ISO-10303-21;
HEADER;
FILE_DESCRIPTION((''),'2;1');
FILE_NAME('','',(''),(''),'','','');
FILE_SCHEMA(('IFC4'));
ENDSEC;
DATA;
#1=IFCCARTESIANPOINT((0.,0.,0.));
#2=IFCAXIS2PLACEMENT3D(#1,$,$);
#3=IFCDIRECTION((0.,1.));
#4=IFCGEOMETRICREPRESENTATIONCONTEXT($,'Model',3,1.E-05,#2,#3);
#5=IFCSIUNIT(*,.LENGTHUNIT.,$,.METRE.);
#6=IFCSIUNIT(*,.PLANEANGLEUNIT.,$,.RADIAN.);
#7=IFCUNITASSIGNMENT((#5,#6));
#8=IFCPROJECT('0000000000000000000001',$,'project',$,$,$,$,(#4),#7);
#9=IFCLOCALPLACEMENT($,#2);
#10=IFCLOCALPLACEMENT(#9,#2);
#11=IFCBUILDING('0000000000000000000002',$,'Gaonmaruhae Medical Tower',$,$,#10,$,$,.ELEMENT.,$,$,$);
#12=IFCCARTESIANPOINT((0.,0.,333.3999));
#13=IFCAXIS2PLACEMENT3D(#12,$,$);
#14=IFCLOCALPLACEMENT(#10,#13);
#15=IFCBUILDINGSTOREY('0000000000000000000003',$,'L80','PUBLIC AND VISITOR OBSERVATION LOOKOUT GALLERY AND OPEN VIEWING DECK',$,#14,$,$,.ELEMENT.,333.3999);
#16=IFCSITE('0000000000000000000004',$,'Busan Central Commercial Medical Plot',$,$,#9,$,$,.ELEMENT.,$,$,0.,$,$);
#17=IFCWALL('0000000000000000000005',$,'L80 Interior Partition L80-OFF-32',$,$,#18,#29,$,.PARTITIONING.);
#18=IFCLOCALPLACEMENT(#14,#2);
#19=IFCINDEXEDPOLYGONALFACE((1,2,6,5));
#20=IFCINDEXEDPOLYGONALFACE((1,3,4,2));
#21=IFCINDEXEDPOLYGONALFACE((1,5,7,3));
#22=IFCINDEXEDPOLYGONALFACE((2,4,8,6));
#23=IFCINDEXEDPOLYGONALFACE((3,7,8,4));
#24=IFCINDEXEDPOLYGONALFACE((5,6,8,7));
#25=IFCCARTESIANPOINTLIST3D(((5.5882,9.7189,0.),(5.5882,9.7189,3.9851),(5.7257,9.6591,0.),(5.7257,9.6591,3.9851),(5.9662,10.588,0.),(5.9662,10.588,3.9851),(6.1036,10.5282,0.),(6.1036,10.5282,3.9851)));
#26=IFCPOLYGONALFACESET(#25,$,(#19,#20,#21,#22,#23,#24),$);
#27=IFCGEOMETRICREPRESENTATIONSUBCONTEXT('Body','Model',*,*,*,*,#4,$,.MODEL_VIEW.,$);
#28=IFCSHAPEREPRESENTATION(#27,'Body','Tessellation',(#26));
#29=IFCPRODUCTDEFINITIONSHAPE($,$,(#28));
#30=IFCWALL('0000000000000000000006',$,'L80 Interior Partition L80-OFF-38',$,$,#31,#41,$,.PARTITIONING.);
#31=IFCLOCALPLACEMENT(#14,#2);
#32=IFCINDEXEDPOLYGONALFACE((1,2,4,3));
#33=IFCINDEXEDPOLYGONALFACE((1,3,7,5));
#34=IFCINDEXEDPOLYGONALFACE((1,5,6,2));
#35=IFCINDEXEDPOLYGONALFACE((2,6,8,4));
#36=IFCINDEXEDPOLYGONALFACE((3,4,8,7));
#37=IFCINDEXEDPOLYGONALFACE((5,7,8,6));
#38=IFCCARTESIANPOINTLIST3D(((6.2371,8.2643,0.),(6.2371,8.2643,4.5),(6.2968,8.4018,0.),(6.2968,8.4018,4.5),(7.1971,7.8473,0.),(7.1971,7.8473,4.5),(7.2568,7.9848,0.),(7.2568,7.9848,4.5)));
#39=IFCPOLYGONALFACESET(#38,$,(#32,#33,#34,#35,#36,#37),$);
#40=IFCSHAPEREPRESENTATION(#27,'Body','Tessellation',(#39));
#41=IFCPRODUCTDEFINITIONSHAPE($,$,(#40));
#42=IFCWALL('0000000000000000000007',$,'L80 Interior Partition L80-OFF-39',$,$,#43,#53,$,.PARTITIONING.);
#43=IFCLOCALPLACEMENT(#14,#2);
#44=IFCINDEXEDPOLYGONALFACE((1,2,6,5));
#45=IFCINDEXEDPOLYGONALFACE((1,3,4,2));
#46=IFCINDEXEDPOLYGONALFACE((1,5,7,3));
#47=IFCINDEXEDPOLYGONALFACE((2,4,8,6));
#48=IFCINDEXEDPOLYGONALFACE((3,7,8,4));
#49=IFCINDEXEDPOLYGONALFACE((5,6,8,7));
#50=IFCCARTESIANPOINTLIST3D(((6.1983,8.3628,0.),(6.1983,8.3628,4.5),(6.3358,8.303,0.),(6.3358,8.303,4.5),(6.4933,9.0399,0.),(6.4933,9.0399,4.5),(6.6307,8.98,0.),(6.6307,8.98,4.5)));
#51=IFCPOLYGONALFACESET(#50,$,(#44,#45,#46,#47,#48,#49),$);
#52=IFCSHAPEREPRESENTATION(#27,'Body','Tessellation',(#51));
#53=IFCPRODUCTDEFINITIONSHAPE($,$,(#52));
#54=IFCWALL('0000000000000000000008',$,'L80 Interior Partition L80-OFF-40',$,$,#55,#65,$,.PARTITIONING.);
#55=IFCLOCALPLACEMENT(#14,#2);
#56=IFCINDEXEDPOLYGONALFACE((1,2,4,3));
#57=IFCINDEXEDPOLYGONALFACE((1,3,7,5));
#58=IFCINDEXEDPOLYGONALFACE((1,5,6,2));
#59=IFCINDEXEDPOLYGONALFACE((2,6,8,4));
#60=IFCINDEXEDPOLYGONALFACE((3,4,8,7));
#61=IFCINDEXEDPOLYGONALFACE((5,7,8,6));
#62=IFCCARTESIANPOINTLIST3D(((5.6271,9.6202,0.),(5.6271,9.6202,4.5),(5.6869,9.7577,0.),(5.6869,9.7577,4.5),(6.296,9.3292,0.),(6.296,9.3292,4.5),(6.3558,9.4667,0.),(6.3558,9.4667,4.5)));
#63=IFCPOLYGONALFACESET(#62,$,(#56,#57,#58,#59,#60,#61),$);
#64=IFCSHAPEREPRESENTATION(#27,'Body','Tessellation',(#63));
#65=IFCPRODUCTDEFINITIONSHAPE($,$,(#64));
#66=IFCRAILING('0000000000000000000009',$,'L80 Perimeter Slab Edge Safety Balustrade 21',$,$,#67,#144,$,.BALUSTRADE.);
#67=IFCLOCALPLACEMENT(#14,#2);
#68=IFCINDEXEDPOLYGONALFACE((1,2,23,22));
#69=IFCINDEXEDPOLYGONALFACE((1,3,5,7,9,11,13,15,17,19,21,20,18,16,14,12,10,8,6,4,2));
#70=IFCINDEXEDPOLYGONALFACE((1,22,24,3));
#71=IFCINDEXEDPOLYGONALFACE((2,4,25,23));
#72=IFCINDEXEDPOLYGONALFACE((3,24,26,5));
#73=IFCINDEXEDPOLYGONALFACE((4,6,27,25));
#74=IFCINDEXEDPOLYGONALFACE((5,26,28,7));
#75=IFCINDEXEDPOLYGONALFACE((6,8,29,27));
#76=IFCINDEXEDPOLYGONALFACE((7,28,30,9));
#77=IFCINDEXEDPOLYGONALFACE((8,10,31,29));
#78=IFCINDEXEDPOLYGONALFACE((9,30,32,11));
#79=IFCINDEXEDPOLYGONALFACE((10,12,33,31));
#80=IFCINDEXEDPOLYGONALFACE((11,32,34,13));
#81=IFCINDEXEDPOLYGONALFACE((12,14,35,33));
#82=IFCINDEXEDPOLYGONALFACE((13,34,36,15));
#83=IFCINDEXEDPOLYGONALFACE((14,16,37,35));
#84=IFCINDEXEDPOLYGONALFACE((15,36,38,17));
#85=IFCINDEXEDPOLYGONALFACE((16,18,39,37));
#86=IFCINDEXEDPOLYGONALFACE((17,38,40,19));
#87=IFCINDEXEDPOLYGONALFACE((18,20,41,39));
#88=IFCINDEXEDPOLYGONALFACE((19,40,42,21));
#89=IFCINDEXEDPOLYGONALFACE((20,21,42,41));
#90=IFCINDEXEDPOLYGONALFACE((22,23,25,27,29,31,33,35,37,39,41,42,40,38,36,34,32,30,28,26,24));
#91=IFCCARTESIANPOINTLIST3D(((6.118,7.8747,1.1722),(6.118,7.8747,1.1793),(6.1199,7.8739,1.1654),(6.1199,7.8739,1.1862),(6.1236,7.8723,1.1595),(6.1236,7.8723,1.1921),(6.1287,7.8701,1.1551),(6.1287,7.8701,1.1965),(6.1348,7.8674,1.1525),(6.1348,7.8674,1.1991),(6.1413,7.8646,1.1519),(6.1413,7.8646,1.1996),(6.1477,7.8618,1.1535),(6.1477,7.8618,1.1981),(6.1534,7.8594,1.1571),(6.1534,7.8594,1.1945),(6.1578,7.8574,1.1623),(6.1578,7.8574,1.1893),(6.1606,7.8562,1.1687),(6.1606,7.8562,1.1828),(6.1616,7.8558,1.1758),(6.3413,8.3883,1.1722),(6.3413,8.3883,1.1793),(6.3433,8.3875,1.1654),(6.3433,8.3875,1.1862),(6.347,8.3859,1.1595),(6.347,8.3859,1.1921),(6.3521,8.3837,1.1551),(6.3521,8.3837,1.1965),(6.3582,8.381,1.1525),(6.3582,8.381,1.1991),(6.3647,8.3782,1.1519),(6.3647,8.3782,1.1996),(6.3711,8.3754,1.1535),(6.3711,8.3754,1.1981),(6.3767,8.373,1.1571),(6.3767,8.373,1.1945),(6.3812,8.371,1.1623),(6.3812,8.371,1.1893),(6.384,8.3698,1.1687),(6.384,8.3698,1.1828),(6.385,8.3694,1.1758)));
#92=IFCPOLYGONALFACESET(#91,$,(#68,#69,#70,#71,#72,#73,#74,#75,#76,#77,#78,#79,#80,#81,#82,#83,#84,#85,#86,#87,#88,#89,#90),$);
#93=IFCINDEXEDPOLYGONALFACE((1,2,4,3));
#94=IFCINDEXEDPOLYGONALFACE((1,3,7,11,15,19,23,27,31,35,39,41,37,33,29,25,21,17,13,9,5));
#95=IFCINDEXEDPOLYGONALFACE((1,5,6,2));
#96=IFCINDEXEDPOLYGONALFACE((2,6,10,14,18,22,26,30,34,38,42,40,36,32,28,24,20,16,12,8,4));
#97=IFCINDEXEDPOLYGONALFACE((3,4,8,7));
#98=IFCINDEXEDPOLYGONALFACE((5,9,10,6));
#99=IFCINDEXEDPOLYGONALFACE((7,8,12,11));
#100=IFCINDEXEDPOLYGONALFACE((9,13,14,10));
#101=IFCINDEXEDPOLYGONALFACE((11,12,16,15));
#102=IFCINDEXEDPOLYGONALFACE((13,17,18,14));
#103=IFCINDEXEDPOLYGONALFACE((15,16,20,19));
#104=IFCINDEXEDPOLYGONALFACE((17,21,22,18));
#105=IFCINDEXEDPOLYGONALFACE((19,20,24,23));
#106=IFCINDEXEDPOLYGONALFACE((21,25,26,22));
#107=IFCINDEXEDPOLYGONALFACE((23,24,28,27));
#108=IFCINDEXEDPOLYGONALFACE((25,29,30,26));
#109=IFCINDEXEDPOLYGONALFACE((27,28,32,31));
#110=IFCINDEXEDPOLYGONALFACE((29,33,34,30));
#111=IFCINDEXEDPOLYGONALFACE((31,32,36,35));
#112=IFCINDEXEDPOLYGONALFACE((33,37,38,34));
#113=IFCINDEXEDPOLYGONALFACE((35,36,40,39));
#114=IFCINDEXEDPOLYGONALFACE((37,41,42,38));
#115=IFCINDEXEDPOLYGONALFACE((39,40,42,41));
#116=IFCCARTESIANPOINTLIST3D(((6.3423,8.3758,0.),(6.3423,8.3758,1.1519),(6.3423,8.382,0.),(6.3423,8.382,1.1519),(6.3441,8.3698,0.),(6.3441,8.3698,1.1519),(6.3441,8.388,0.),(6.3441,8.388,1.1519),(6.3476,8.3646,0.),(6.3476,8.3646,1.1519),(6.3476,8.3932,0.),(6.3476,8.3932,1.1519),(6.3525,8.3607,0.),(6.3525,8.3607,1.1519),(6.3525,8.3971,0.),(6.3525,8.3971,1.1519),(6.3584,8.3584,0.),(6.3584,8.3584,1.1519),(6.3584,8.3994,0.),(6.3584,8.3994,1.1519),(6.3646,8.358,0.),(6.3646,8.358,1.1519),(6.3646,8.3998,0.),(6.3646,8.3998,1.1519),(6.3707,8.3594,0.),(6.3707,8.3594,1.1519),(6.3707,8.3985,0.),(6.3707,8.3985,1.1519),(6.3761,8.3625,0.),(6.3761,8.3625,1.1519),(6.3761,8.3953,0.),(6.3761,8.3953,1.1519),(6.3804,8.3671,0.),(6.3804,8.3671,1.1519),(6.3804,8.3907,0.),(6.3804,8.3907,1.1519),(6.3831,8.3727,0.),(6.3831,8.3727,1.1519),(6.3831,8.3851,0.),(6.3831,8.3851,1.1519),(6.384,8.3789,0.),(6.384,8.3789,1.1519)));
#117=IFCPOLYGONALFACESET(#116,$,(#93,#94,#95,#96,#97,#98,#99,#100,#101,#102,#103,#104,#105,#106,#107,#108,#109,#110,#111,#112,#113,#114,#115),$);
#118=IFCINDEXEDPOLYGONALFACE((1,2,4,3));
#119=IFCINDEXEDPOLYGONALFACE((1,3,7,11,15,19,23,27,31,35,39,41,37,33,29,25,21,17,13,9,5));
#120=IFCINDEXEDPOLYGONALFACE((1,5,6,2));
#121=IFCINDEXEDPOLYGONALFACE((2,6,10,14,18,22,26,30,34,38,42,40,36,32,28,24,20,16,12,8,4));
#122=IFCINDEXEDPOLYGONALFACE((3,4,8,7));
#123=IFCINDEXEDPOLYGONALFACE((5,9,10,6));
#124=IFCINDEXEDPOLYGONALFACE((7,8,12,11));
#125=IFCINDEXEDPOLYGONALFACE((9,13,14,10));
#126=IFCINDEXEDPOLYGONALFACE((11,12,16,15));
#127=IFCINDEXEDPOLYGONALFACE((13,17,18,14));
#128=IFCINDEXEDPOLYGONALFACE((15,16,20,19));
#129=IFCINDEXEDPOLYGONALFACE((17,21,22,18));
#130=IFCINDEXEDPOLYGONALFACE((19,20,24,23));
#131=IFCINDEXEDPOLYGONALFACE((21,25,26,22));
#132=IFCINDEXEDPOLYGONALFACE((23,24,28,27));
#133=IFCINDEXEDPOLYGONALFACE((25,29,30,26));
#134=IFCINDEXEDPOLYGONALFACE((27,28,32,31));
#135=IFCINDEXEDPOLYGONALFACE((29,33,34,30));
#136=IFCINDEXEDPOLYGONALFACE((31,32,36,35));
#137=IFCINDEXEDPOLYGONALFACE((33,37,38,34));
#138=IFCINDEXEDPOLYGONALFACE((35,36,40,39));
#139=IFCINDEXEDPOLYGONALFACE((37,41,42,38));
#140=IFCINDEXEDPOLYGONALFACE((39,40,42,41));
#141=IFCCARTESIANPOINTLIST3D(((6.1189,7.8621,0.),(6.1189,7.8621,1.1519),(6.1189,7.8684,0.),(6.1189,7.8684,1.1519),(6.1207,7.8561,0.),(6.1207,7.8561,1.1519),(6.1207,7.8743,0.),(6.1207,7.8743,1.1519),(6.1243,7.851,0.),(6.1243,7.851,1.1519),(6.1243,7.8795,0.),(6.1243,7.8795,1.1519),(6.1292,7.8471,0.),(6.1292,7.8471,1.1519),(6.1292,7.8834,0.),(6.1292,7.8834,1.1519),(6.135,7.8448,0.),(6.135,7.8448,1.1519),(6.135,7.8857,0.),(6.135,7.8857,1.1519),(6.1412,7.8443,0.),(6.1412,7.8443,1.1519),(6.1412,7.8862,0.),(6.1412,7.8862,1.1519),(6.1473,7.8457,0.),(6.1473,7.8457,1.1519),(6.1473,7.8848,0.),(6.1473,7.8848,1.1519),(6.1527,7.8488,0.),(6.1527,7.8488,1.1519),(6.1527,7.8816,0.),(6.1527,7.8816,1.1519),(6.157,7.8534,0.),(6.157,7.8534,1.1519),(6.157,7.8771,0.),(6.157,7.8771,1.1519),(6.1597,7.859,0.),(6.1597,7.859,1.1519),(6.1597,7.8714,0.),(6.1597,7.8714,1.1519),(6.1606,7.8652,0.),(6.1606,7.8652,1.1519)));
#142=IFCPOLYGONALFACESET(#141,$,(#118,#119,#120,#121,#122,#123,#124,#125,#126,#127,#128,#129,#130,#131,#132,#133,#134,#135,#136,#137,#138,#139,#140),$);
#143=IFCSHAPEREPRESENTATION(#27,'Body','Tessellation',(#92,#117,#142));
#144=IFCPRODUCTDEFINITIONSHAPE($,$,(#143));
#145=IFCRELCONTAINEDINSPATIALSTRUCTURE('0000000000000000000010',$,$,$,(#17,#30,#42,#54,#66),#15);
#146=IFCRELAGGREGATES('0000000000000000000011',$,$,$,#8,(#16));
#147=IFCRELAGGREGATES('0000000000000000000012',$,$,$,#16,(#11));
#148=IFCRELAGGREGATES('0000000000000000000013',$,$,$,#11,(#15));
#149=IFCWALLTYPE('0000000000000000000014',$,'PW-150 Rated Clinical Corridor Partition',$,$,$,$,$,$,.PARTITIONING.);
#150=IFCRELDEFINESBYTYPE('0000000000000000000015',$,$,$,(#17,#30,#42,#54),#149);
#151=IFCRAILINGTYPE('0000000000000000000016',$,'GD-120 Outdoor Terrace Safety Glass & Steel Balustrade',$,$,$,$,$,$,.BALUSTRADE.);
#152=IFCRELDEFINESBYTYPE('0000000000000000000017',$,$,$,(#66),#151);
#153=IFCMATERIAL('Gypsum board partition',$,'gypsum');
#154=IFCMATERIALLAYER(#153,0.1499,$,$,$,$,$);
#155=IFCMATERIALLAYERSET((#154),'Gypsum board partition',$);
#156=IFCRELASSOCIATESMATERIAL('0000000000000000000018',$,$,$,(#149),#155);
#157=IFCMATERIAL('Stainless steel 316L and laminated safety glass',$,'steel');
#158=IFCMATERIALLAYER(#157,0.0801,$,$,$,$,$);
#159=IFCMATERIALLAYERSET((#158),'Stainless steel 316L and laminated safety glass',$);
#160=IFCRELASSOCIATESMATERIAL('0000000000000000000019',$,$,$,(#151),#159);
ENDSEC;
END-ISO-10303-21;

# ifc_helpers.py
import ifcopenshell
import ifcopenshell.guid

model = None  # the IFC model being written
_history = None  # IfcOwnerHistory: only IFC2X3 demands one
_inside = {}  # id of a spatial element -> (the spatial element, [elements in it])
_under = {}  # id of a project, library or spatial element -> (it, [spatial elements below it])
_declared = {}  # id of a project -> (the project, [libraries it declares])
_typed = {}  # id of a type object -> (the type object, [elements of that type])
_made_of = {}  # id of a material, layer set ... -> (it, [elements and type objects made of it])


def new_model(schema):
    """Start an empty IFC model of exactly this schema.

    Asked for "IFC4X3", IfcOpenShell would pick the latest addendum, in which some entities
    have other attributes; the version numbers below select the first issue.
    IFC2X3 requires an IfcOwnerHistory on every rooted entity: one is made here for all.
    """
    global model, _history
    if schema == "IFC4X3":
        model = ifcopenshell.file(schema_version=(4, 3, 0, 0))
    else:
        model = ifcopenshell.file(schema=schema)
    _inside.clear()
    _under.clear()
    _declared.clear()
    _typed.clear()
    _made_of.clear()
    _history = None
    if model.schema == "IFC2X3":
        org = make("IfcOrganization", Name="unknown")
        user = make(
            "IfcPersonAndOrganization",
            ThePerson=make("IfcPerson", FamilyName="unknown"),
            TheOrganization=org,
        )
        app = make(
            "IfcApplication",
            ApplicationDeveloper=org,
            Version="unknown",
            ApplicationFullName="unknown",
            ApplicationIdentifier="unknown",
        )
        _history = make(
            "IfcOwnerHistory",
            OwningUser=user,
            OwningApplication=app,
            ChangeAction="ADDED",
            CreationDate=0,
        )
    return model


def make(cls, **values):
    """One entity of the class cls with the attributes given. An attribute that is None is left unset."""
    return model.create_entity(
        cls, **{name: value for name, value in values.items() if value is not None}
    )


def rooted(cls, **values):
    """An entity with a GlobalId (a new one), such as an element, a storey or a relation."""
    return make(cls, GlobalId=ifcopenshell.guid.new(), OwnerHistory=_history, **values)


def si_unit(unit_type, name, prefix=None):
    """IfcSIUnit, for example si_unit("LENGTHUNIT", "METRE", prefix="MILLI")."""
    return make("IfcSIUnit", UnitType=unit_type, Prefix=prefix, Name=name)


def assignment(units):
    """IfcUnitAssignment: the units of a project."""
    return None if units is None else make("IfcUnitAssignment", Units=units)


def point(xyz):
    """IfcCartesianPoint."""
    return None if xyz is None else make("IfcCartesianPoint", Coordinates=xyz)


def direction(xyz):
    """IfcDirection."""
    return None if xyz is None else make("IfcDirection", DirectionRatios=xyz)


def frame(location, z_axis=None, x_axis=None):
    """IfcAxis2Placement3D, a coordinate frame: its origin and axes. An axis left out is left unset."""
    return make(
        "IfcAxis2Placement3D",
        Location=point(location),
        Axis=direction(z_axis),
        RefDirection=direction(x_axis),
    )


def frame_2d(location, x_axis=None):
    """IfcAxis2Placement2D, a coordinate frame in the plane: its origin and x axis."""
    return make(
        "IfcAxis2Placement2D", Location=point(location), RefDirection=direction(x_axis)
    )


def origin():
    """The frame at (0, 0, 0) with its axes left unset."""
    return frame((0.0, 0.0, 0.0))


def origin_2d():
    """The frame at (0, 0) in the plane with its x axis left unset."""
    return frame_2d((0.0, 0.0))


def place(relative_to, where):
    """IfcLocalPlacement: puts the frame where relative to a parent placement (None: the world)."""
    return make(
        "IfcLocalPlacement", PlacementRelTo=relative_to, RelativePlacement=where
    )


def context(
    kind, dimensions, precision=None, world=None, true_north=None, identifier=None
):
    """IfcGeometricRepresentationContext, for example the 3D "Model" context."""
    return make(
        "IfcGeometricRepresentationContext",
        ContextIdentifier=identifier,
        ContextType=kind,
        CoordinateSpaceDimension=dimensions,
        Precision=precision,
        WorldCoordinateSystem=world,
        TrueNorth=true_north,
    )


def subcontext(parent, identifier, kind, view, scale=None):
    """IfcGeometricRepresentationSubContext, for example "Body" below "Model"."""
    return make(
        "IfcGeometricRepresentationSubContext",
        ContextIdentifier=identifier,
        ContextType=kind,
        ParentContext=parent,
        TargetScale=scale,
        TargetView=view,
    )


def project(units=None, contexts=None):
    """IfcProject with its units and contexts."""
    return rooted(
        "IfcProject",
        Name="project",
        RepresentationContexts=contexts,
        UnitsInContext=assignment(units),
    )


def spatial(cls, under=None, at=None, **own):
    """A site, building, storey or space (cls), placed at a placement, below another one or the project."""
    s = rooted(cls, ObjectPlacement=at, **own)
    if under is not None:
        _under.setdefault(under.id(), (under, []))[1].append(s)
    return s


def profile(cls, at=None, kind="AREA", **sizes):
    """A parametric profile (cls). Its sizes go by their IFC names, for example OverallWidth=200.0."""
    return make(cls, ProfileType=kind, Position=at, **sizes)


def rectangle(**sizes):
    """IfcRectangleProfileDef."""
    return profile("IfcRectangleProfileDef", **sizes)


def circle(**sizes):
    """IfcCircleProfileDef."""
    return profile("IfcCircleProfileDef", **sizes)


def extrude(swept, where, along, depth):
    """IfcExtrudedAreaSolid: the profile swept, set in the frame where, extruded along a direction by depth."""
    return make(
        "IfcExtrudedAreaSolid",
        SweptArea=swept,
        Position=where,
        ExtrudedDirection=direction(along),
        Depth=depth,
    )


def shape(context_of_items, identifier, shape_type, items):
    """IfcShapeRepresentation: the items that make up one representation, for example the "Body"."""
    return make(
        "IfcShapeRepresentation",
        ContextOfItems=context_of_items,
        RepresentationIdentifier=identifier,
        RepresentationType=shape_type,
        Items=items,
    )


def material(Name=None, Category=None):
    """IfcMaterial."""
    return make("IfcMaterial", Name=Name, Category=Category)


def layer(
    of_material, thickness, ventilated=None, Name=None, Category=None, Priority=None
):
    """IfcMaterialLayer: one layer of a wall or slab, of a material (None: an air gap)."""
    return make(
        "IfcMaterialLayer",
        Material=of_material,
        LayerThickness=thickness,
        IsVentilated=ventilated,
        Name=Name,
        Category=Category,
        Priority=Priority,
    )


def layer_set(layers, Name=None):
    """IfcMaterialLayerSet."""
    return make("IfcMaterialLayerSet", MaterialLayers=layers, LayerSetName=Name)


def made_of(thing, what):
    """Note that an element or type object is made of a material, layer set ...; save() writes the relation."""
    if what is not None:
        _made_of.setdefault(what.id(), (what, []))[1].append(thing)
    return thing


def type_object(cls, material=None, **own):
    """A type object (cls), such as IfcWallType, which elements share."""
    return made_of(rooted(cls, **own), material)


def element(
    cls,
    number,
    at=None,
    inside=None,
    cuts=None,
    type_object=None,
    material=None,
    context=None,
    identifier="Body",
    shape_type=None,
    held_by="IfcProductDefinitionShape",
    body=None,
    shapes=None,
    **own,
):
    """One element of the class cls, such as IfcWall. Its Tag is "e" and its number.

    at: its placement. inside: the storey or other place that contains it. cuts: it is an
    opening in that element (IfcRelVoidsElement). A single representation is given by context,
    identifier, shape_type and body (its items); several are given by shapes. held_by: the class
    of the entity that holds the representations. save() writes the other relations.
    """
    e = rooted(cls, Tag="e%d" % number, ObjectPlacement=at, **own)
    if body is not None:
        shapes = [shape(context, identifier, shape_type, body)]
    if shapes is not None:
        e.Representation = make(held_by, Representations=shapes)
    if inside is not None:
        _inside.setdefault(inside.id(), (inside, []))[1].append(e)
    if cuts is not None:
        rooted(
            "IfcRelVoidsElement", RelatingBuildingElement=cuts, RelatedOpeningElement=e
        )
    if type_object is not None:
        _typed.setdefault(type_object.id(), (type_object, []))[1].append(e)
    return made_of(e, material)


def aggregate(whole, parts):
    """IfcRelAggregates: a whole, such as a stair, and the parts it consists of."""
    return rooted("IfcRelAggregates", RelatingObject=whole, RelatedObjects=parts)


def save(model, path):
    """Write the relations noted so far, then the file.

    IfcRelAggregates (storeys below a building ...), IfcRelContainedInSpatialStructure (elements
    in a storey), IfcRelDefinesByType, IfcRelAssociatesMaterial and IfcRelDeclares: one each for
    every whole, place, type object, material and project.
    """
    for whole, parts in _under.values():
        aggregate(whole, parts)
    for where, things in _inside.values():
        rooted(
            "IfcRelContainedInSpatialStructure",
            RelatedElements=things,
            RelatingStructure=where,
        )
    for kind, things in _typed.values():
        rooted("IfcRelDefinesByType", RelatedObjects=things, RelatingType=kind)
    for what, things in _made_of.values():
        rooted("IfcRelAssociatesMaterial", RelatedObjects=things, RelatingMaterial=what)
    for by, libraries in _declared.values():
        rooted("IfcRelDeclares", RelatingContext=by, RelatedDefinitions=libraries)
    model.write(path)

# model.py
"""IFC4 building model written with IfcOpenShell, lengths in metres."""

from ifc_helpers import new_model, si_unit, direction, frame, frame_2d, origin, origin_2d, place, context, subcontext, project, spatial, rectangle, circle, extrude, material, layer, layer_set, type_object, element, save


model = new_model("IFC4")

# Units and contexts
model_context = context("Model", 3, precision=1e-05, world=origin(), true_north=direction((0.0, 1.0)))
body_context = subcontext(model_context, "Body", "Model", "MODEL_VIEW")
ifc_project = project(units=[si_unit("LENGTHUNIT", "METRE"), si_unit("PLANEANGLEUNIT", "RADIAN")], contexts=[model_context])

# Site, building, storey
site_placement = place(None, origin())
site = spatial("IfcSite", under=ifc_project, at=site_placement, Name="Busan Central Commercial Medical Plot", CompositionType="ELEMENT", RefElevation=0.0)
building_placement = place(site_placement, origin())
building = spatial("IfcBuilding", under=site, at=building_placement, Name="Gaonmaruhae Medical Tower", CompositionType="ELEMENT")
storey_placement = place(building_placement, frame((0.0, 0.0, 333.3999)))
storey = spatial("IfcBuildingStorey", under=building, at=storey_placement, Name="L80", Description="PUBLIC AND VISITOR OBSERVATION LOOKOUT GALLERY AND OPEN VIEWING DECK", CompositionType="ELEMENT", Elevation=333.3999)

# Walls
ifc_material_1 = material(Name="Gypsum board partition", Category="gypsum")
ifc_layer_1 = layer(ifc_material_1, 0.1499)
ifc_layer_set_1 = layer_set([ifc_layer_1], Name="Gypsum board partition")
wall_type_1 = type_object("IfcWallType", Name="PW-150 Rated Clinical Corridor Partition", PredefinedType="PARTITIONING", material=ifc_layer_set_1)
wall_1_placement = place(storey_placement, frame((5.657, 9.689, 0.0), z_axis=(0.0, 0.0, 1.0), x_axis=(0.398764, 0.917054, 0.0)))
element("IfcWall", 1, at=wall_1_placement, inside=storey, type_object=wall_type_1, Name="L80 Interior Partition L80-OFF-32", PredefinedType="PARTITIONING", context=body_context, shape_type="SweptSolid", body=[
    extrude(rectangle(XDim=0.9478, YDim=0.1499, at=frame_2d((0.4739, 0.0))), origin(), (0.0, 0.0, 1.0), 3.9851),
])
wall_2_placement = place(storey_placement, frame((7.2271, 7.916, 0.0), z_axis=(0.0, 0.0, 1.0), x_axis=(-0.917204, 0.398419, 0.0)))
element("IfcWall", 2, at=wall_2_placement, inside=storey, type_object=wall_type_1, Name="L80 Interior Partition L80-OFF-38", PredefinedType="PARTITIONING", context=body_context, shape_type="SweptSolid", body=[
    extrude(rectangle(XDim=1.0466, YDim=0.1499, at=frame_2d((0.5234, 0.0))), origin(), (0.0, 0.0, 1.0), 4.5),
])
wall_3_placement = place(storey_placement, frame((6.2671, 8.333, 0.0), z_axis=(0.0, 0.0, 1.0), x_axis=(0.399379, 0.916786, 0.0)))
element("IfcWall", 3, at=wall_3_placement, inside=storey, type_object=wall_type_1, Name="L80 Interior Partition L80-OFF-39", PredefinedType="PARTITIONING", context=body_context, shape_type="SweptSolid", body=[
    extrude(rectangle(XDim=0.7385, YDim=0.1499, at=frame_2d((0.3691, 0.0))), origin(), (0.0, 0.0, 1.0), 4.5),
])
wall_4_placement = place(storey_placement, frame((6.3259, 9.3979, 0.0), z_axis=(0.0, 0.0, 1.0), x_axis=(-0.916985, 0.398922, 0.0)))
element("IfcWall", 4, at=wall_4_placement, inside=storey, type_object=wall_type_1, Name="L80 Interior Partition L80-OFF-40", PredefinedType="PARTITIONING", context=body_context, shape_type="SweptSolid", body=[
    extrude(rectangle(XDim=0.7295, YDim=0.1499, at=frame_2d((0.3647, 0.0))), origin(), (0.0, 0.0, 1.0), 4.5),
])

# Railing
ifc_material_2 = material(Name="Stainless steel 316L and laminated safety glass", Category="steel")
ifc_layer_2 = layer(ifc_material_2, 0.0801)
ifc_layer_set_2 = layer_set([ifc_layer_2], Name="Stainless steel 316L and laminated safety glass")
railing_type = type_object("IfcRailingType", Name="GD-120 Outdoor Terrace Safety Glass & Steel Balustrade", PredefinedType="BALUSTRADE", material=ifc_layer_set_2)
railing_1_placement = place(storey_placement, frame((6.363, 8.3789, 0.0)))
element("IfcRailing", 5, at=railing_1_placement, inside=storey, type_object=railing_type, Name="L80 Perimeter Slab Edge Safety Balustrade 21", PredefinedType="BALUSTRADE", context=body_context, shape_type="SweptSolid", body=[
    extrude(circle(Radius=0.0239, at=origin_2d()), frame((0.0, 0.0, 1.1758), z_axis=(-0.398806, -0.917035, 0.0), x_axis=(0.917035, -0.398806, 0.0)), (0.0, 0.0, 1.0), 0.5601),
    extrude(circle(Radius=0.021, at=origin_2d()), origin(), (0.0, 0.0, 1.0), 1.1519),
    extrude(circle(Radius=0.021, at=origin_2d()), frame((-0.2234, -0.5137, 0.0)), (0.0, 0.0, 1.0), 1.1519),
])

save(model, "model.ifc")
